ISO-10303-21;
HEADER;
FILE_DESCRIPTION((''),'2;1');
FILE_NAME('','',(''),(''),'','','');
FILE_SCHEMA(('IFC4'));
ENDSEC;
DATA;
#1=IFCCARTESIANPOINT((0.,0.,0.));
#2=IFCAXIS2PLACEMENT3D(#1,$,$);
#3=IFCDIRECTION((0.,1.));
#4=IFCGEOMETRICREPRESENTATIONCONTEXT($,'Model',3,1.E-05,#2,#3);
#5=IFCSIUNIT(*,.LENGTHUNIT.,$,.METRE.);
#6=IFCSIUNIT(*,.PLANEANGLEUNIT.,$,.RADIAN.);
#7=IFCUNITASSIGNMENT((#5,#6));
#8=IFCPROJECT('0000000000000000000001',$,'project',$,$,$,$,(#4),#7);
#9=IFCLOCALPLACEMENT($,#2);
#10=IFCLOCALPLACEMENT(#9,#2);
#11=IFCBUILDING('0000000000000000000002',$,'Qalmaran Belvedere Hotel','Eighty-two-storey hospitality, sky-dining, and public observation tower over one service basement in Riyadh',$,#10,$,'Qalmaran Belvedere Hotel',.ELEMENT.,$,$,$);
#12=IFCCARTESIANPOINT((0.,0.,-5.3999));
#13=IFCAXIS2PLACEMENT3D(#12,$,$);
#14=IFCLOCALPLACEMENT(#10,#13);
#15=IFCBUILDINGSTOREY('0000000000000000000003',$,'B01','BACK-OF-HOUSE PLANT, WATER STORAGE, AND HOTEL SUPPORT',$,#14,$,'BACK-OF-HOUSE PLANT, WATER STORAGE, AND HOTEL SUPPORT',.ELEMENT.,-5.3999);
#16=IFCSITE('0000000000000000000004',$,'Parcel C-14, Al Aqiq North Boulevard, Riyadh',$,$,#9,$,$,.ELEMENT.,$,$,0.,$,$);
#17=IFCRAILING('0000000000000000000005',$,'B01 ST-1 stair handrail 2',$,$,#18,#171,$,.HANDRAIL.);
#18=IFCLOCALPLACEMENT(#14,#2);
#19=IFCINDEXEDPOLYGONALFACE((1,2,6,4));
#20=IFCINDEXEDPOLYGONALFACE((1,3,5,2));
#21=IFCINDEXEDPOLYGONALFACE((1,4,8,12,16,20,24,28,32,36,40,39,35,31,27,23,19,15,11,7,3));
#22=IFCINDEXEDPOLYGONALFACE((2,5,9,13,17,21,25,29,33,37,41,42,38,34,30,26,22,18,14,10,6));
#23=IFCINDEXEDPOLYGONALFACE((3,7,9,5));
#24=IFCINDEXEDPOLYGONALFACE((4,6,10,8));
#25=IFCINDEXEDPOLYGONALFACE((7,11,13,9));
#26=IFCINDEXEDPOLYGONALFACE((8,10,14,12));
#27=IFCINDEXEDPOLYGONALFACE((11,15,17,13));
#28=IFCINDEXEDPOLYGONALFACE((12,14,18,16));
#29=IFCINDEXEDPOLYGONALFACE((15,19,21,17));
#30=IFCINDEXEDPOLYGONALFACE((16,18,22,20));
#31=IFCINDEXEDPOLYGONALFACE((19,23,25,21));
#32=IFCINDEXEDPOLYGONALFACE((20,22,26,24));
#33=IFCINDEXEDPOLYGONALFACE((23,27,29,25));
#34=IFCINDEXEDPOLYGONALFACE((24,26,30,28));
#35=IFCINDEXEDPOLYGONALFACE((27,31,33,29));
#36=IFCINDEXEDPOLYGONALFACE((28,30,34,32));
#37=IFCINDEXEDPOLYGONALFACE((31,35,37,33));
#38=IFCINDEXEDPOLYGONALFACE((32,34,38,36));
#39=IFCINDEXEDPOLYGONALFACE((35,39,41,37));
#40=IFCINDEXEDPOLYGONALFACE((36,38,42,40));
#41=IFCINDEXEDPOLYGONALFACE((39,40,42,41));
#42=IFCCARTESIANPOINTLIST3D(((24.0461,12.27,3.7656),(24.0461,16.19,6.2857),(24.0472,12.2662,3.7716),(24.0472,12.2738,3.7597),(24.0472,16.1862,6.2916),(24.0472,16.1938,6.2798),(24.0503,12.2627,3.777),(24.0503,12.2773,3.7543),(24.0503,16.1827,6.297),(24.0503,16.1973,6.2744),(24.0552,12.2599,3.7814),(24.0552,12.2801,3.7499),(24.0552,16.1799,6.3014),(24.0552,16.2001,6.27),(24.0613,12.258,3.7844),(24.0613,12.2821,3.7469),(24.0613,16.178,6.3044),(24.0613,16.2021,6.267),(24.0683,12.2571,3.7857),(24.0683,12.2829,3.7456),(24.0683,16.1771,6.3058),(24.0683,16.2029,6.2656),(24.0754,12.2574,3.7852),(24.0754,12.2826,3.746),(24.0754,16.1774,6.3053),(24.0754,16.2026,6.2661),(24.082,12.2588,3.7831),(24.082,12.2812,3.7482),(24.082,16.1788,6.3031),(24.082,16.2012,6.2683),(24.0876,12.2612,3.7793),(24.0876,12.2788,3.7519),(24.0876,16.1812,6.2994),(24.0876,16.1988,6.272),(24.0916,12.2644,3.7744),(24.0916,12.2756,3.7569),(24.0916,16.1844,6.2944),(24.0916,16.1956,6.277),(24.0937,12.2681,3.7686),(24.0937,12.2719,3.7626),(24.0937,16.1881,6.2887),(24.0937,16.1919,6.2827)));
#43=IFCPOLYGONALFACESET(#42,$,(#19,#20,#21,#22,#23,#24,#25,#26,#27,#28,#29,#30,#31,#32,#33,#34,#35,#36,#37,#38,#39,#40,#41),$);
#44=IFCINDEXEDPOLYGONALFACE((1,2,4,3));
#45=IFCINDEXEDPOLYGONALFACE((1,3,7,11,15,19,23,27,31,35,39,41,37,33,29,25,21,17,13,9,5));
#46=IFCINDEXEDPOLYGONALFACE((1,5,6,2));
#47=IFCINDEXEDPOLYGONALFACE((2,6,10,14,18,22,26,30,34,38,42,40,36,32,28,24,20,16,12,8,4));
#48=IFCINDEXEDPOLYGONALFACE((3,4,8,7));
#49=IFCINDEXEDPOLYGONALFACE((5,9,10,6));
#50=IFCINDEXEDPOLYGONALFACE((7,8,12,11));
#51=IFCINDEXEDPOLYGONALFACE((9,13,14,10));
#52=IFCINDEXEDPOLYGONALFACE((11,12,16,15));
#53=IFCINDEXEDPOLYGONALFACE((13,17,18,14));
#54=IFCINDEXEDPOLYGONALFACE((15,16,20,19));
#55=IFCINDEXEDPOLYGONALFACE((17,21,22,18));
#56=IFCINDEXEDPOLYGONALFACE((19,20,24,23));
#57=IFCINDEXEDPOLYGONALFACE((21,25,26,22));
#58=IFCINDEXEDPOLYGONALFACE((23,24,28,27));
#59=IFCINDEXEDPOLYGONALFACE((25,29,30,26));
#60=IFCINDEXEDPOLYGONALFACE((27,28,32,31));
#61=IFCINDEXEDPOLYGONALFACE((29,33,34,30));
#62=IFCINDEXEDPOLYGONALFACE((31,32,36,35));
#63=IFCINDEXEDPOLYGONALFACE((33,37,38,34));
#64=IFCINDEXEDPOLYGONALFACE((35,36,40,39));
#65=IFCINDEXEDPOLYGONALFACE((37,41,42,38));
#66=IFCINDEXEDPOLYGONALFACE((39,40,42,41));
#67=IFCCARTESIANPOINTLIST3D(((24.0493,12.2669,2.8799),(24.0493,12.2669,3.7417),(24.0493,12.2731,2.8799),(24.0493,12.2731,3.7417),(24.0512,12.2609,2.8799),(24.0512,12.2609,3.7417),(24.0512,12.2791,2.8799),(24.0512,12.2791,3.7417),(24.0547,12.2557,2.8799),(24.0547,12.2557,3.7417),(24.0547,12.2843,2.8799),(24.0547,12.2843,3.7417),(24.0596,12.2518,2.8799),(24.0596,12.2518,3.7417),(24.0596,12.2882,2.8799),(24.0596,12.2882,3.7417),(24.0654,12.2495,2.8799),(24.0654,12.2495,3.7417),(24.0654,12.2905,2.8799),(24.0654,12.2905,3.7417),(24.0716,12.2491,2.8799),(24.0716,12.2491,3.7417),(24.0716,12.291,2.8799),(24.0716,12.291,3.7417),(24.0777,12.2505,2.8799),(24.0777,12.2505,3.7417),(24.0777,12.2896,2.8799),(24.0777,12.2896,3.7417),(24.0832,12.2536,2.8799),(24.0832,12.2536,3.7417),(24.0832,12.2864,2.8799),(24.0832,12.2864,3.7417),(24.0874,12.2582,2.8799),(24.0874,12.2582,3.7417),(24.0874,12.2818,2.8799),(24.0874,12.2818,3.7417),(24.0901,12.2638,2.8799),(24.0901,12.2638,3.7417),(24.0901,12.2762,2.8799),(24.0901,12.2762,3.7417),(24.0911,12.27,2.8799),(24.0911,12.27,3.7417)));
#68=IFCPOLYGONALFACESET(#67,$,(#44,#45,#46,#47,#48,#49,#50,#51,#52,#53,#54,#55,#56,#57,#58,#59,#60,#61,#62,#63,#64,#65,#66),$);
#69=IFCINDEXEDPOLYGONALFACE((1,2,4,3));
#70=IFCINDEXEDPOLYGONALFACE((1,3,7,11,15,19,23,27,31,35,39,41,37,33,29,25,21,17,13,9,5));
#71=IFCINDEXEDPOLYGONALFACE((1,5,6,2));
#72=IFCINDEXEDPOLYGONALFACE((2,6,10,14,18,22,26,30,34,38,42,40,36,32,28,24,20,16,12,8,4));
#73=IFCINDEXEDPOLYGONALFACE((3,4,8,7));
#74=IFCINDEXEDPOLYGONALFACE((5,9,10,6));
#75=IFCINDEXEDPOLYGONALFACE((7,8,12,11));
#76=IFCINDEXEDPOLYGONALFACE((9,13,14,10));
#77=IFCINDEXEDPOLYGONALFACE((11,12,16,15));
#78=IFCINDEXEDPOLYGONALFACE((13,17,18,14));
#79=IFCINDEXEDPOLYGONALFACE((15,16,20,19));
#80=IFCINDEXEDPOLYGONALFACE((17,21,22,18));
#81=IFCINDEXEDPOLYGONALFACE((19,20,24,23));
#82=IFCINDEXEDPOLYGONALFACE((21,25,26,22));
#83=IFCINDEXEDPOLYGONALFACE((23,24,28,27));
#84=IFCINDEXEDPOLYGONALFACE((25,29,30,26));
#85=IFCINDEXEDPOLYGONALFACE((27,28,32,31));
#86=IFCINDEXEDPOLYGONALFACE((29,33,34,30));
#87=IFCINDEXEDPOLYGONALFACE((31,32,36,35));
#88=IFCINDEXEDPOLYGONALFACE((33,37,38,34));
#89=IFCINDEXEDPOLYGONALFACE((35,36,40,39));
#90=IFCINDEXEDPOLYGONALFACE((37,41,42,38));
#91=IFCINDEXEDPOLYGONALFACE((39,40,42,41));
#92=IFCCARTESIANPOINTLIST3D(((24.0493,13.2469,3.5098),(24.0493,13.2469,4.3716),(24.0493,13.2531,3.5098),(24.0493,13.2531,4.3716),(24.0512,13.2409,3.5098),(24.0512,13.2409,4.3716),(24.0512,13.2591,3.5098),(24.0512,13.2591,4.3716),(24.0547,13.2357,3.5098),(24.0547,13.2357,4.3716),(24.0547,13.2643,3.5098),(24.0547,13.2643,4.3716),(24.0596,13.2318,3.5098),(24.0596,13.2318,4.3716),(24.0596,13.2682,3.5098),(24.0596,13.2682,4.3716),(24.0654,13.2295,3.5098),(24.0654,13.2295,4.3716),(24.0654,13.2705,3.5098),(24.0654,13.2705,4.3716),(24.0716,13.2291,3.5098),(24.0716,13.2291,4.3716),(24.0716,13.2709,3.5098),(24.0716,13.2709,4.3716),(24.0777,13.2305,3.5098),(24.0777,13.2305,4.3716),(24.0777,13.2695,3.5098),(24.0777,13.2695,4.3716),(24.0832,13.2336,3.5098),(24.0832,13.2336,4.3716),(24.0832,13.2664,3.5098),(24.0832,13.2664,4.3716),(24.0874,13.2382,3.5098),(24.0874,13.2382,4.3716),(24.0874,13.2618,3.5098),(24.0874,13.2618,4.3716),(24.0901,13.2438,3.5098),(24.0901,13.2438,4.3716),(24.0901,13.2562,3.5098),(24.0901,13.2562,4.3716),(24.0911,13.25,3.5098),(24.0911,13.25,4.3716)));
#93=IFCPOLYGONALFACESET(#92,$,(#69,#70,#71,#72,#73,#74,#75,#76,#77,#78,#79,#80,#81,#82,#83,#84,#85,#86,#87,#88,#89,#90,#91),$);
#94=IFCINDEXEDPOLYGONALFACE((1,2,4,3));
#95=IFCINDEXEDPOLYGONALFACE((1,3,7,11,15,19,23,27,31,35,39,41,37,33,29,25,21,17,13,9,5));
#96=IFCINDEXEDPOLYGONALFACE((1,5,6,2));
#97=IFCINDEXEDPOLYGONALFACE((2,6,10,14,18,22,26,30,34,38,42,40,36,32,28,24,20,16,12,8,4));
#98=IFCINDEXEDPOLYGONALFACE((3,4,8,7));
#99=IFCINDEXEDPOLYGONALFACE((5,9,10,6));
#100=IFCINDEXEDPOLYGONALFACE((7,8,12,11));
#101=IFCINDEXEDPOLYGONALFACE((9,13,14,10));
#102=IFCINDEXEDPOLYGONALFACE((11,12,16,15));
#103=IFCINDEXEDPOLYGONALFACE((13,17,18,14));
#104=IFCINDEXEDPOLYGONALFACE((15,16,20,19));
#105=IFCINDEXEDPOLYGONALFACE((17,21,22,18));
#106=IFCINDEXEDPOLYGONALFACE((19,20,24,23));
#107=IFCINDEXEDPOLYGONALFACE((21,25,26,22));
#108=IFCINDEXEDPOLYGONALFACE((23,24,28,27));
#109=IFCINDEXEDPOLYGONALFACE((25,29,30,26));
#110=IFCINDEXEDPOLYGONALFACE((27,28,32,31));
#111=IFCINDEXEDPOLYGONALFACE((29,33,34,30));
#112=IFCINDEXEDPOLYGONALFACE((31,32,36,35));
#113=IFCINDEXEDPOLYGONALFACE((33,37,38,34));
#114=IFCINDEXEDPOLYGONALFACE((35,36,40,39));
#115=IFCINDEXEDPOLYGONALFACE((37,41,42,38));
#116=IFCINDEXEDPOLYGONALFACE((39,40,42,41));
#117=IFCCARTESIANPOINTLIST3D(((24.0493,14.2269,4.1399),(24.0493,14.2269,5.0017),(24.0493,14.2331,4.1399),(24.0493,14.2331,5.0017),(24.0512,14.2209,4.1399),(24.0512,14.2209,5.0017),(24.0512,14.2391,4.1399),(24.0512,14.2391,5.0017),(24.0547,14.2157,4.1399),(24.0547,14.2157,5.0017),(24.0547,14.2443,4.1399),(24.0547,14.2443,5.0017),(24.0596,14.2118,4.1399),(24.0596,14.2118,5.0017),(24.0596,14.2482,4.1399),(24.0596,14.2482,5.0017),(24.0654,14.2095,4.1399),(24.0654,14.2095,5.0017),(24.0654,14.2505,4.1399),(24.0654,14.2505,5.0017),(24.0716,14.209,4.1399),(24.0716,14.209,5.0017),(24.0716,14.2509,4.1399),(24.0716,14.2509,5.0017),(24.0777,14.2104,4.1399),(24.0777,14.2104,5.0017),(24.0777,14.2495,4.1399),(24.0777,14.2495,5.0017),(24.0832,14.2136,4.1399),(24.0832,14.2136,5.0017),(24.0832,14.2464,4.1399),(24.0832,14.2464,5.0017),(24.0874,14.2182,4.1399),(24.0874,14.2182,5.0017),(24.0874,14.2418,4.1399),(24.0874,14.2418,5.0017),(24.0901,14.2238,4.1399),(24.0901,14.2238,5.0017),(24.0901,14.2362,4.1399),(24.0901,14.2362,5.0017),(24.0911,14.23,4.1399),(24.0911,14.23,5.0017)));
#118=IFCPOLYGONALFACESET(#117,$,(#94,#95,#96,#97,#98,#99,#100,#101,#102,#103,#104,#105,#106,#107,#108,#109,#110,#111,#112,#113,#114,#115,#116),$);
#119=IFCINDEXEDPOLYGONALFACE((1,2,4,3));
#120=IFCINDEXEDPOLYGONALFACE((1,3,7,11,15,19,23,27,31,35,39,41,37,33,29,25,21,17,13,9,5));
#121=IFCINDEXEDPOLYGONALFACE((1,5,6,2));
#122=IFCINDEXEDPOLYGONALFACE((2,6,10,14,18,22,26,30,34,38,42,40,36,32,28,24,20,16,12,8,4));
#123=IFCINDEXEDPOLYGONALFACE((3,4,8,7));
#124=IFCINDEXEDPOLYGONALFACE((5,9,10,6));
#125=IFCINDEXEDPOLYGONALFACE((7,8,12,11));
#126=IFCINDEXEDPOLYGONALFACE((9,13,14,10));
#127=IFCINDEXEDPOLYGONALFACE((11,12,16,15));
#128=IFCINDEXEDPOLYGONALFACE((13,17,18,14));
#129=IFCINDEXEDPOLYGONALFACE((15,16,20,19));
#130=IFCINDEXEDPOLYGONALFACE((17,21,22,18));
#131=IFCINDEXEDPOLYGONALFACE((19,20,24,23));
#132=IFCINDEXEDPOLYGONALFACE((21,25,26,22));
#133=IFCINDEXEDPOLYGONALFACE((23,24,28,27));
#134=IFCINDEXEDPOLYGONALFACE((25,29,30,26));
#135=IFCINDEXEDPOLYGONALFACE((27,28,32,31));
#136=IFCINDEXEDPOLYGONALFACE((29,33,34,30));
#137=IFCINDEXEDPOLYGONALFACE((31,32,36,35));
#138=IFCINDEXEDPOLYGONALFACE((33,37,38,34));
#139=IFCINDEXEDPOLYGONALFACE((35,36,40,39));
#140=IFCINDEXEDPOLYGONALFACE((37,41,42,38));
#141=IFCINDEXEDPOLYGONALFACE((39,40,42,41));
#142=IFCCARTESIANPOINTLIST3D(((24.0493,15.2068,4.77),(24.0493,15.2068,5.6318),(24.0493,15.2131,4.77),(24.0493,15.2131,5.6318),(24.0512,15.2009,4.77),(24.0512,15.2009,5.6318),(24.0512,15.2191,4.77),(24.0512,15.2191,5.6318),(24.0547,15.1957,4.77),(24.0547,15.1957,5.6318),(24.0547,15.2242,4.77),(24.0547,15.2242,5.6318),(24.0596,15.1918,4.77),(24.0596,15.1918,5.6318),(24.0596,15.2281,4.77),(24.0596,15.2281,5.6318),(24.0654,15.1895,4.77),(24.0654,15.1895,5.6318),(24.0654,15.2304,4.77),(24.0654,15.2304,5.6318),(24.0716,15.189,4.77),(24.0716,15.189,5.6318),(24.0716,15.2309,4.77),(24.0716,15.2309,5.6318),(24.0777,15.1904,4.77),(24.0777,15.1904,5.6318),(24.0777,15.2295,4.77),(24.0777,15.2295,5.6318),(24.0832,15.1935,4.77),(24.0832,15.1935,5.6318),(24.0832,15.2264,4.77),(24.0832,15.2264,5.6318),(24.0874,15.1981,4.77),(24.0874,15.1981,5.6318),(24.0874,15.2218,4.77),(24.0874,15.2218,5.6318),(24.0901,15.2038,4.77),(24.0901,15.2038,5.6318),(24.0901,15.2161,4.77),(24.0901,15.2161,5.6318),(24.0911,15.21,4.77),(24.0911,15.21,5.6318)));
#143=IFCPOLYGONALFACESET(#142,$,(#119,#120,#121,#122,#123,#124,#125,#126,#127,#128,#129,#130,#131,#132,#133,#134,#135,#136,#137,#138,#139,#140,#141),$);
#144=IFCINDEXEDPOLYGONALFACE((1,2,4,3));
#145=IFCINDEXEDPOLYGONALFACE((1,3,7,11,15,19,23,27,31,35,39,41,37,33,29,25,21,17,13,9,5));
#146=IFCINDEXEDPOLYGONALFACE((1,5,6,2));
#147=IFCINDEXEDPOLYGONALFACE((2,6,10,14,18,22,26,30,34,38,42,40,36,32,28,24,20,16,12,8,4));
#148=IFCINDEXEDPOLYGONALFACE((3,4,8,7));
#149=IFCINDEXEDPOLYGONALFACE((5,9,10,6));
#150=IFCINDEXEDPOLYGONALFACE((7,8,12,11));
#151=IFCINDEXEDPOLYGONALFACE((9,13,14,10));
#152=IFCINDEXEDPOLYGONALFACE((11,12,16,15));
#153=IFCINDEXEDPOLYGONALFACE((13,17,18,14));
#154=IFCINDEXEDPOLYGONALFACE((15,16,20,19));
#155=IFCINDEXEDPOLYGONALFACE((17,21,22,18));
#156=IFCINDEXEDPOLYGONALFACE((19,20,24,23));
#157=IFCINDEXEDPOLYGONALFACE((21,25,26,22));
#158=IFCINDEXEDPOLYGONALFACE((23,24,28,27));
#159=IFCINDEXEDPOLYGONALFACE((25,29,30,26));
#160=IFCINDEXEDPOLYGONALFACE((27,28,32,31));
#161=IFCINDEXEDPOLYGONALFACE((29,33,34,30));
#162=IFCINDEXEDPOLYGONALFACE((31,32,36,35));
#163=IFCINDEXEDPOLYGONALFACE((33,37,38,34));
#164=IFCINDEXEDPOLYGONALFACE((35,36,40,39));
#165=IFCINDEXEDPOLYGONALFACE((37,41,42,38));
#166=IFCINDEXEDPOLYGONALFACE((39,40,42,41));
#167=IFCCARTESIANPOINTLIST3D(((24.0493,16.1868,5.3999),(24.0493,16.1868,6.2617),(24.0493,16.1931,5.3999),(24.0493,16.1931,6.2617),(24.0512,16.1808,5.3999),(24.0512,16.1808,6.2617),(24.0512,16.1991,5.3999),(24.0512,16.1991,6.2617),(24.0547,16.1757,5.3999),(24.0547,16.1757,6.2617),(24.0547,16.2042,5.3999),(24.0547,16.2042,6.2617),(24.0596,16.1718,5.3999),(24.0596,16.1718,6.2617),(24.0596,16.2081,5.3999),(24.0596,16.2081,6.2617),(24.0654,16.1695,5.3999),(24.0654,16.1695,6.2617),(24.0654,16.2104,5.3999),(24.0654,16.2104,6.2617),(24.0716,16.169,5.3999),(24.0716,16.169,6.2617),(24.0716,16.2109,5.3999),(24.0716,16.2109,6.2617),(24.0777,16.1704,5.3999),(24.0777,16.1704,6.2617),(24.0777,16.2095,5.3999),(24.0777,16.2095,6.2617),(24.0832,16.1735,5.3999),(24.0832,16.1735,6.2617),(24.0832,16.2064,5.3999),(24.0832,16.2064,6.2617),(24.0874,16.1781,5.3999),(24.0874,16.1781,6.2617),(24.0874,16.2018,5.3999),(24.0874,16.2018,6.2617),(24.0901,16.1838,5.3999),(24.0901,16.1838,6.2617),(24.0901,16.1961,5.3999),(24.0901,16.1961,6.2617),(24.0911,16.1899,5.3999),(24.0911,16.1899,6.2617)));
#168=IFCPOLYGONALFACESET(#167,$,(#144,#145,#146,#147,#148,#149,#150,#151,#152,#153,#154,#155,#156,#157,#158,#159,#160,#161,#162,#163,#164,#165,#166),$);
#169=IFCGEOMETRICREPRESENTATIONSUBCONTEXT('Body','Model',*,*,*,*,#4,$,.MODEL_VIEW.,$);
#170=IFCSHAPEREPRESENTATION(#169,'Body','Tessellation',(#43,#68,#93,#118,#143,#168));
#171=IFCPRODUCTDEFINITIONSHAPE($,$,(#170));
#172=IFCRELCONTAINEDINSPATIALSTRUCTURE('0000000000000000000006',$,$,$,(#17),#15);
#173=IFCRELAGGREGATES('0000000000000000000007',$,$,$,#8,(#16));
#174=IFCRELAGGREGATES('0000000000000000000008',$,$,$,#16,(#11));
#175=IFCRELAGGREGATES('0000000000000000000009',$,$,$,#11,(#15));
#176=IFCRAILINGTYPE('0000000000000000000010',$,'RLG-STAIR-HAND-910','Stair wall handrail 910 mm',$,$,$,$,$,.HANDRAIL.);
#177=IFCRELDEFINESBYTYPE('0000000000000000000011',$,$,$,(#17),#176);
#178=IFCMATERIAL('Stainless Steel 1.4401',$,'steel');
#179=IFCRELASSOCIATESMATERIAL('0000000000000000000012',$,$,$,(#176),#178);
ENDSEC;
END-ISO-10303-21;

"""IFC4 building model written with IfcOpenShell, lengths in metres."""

from ifc_helpers import new_model, si_unit, direction, frame, origin, origin_2d, place, context, subcontext, project, spatial, circle, extrude, material, type_object, element, save


model = new_model("IFC4")

# Units and contexts
model_context = context("Model", 3, precision=1e-05, world=origin(), true_north=direction((0.0, 1.0)))
body_context = subcontext(model_context, "Body", "Model", "MODEL_VIEW")
ifc_project = project(units=[si_unit("LENGTHUNIT", "METRE"), si_unit("PLANEANGLEUNIT", "RADIAN")], contexts=[model_context])

# Site, building, storey
site_placement = place(None, origin())
site = spatial("IfcSite", under=ifc_project, at=site_placement, Name="Parcel C-14, Al Aqiq North Boulevard, Riyadh", CompositionType="ELEMENT", RefElevation=0.0)
building_placement = place(site_placement, origin())
building = spatial("IfcBuilding", under=site, at=building_placement, Name="Qalmaran Belvedere Hotel", Description="Eighty-two-storey hospitality, sky-dining, and public observation tower over one service basement in Riyadh", LongName="Qalmaran Belvedere Hotel", CompositionType="ELEMENT")
storey_placement = place(building_placement, frame((0.0, 0.0, -5.3999)))
storey = spatial("IfcBuildingStorey", under=building, at=storey_placement, Name="B01", Description="BACK-OF-HOUSE PLANT, WATER STORAGE, AND HOTEL SUPPORT", LongName="BACK-OF-HOUSE PLANT, WATER STORAGE, AND HOTEL SUPPORT", CompositionType="ELEMENT", Elevation=-5.3999)

# Railing
ifc_material_1 = material(Name="Stainless Steel 1.4401", Category="steel")
railing_type_1 = type_object("IfcRailingType", Name="RLG-STAIR-HAND-910", Description="Stair wall handrail 910 mm", PredefinedType="HANDRAIL", material=ifc_material_1)
railing_1_placement = place(storey_placement, frame((24.0701, 12.27, 2.8799)))
element("IfcRailing", 1, at=railing_1_placement, inside=storey, type_object=railing_type_1, Name="B01 ST-1 stair handrail 2", PredefinedType="HANDRAIL", context=body_context, shape_type="SweptSolid", body=[
    extrude(circle(Radius=0.0239, at=origin_2d()), frame((0.0, 0.0, 0.8857), z_axis=(0.0, 0.841172, 0.540768), x_axis=(-1.0, 0.0, 0.0)), (0.0, 0.0, 1.0), 4.6602),
    extrude(circle(Radius=0.021, at=origin_2d()), origin(), (0.0, 0.0, 1.0), 0.8618),
    extrude(circle(Radius=0.021, at=origin_2d()), frame((0.0, 0.98, 0.6299)), (0.0, 0.0, 1.0), 0.8618),
    extrude(circle(Radius=0.021, at=origin_2d()), frame((0.0, 1.96, 1.26)), (0.0, 0.0, 1.0), 0.8618),
    extrude(circle(Radius=0.021, at=origin_2d()), frame((0.0, 2.9399, 1.8901)), (0.0, 0.0, 1.0), 0.8618),
    extrude(circle(Radius=0.021, at=origin_2d()), frame((0.0, 3.9199, 2.52)), (0.0, 0.0, 1.0), 0.8618),
])

save(model, "model.ifc")
